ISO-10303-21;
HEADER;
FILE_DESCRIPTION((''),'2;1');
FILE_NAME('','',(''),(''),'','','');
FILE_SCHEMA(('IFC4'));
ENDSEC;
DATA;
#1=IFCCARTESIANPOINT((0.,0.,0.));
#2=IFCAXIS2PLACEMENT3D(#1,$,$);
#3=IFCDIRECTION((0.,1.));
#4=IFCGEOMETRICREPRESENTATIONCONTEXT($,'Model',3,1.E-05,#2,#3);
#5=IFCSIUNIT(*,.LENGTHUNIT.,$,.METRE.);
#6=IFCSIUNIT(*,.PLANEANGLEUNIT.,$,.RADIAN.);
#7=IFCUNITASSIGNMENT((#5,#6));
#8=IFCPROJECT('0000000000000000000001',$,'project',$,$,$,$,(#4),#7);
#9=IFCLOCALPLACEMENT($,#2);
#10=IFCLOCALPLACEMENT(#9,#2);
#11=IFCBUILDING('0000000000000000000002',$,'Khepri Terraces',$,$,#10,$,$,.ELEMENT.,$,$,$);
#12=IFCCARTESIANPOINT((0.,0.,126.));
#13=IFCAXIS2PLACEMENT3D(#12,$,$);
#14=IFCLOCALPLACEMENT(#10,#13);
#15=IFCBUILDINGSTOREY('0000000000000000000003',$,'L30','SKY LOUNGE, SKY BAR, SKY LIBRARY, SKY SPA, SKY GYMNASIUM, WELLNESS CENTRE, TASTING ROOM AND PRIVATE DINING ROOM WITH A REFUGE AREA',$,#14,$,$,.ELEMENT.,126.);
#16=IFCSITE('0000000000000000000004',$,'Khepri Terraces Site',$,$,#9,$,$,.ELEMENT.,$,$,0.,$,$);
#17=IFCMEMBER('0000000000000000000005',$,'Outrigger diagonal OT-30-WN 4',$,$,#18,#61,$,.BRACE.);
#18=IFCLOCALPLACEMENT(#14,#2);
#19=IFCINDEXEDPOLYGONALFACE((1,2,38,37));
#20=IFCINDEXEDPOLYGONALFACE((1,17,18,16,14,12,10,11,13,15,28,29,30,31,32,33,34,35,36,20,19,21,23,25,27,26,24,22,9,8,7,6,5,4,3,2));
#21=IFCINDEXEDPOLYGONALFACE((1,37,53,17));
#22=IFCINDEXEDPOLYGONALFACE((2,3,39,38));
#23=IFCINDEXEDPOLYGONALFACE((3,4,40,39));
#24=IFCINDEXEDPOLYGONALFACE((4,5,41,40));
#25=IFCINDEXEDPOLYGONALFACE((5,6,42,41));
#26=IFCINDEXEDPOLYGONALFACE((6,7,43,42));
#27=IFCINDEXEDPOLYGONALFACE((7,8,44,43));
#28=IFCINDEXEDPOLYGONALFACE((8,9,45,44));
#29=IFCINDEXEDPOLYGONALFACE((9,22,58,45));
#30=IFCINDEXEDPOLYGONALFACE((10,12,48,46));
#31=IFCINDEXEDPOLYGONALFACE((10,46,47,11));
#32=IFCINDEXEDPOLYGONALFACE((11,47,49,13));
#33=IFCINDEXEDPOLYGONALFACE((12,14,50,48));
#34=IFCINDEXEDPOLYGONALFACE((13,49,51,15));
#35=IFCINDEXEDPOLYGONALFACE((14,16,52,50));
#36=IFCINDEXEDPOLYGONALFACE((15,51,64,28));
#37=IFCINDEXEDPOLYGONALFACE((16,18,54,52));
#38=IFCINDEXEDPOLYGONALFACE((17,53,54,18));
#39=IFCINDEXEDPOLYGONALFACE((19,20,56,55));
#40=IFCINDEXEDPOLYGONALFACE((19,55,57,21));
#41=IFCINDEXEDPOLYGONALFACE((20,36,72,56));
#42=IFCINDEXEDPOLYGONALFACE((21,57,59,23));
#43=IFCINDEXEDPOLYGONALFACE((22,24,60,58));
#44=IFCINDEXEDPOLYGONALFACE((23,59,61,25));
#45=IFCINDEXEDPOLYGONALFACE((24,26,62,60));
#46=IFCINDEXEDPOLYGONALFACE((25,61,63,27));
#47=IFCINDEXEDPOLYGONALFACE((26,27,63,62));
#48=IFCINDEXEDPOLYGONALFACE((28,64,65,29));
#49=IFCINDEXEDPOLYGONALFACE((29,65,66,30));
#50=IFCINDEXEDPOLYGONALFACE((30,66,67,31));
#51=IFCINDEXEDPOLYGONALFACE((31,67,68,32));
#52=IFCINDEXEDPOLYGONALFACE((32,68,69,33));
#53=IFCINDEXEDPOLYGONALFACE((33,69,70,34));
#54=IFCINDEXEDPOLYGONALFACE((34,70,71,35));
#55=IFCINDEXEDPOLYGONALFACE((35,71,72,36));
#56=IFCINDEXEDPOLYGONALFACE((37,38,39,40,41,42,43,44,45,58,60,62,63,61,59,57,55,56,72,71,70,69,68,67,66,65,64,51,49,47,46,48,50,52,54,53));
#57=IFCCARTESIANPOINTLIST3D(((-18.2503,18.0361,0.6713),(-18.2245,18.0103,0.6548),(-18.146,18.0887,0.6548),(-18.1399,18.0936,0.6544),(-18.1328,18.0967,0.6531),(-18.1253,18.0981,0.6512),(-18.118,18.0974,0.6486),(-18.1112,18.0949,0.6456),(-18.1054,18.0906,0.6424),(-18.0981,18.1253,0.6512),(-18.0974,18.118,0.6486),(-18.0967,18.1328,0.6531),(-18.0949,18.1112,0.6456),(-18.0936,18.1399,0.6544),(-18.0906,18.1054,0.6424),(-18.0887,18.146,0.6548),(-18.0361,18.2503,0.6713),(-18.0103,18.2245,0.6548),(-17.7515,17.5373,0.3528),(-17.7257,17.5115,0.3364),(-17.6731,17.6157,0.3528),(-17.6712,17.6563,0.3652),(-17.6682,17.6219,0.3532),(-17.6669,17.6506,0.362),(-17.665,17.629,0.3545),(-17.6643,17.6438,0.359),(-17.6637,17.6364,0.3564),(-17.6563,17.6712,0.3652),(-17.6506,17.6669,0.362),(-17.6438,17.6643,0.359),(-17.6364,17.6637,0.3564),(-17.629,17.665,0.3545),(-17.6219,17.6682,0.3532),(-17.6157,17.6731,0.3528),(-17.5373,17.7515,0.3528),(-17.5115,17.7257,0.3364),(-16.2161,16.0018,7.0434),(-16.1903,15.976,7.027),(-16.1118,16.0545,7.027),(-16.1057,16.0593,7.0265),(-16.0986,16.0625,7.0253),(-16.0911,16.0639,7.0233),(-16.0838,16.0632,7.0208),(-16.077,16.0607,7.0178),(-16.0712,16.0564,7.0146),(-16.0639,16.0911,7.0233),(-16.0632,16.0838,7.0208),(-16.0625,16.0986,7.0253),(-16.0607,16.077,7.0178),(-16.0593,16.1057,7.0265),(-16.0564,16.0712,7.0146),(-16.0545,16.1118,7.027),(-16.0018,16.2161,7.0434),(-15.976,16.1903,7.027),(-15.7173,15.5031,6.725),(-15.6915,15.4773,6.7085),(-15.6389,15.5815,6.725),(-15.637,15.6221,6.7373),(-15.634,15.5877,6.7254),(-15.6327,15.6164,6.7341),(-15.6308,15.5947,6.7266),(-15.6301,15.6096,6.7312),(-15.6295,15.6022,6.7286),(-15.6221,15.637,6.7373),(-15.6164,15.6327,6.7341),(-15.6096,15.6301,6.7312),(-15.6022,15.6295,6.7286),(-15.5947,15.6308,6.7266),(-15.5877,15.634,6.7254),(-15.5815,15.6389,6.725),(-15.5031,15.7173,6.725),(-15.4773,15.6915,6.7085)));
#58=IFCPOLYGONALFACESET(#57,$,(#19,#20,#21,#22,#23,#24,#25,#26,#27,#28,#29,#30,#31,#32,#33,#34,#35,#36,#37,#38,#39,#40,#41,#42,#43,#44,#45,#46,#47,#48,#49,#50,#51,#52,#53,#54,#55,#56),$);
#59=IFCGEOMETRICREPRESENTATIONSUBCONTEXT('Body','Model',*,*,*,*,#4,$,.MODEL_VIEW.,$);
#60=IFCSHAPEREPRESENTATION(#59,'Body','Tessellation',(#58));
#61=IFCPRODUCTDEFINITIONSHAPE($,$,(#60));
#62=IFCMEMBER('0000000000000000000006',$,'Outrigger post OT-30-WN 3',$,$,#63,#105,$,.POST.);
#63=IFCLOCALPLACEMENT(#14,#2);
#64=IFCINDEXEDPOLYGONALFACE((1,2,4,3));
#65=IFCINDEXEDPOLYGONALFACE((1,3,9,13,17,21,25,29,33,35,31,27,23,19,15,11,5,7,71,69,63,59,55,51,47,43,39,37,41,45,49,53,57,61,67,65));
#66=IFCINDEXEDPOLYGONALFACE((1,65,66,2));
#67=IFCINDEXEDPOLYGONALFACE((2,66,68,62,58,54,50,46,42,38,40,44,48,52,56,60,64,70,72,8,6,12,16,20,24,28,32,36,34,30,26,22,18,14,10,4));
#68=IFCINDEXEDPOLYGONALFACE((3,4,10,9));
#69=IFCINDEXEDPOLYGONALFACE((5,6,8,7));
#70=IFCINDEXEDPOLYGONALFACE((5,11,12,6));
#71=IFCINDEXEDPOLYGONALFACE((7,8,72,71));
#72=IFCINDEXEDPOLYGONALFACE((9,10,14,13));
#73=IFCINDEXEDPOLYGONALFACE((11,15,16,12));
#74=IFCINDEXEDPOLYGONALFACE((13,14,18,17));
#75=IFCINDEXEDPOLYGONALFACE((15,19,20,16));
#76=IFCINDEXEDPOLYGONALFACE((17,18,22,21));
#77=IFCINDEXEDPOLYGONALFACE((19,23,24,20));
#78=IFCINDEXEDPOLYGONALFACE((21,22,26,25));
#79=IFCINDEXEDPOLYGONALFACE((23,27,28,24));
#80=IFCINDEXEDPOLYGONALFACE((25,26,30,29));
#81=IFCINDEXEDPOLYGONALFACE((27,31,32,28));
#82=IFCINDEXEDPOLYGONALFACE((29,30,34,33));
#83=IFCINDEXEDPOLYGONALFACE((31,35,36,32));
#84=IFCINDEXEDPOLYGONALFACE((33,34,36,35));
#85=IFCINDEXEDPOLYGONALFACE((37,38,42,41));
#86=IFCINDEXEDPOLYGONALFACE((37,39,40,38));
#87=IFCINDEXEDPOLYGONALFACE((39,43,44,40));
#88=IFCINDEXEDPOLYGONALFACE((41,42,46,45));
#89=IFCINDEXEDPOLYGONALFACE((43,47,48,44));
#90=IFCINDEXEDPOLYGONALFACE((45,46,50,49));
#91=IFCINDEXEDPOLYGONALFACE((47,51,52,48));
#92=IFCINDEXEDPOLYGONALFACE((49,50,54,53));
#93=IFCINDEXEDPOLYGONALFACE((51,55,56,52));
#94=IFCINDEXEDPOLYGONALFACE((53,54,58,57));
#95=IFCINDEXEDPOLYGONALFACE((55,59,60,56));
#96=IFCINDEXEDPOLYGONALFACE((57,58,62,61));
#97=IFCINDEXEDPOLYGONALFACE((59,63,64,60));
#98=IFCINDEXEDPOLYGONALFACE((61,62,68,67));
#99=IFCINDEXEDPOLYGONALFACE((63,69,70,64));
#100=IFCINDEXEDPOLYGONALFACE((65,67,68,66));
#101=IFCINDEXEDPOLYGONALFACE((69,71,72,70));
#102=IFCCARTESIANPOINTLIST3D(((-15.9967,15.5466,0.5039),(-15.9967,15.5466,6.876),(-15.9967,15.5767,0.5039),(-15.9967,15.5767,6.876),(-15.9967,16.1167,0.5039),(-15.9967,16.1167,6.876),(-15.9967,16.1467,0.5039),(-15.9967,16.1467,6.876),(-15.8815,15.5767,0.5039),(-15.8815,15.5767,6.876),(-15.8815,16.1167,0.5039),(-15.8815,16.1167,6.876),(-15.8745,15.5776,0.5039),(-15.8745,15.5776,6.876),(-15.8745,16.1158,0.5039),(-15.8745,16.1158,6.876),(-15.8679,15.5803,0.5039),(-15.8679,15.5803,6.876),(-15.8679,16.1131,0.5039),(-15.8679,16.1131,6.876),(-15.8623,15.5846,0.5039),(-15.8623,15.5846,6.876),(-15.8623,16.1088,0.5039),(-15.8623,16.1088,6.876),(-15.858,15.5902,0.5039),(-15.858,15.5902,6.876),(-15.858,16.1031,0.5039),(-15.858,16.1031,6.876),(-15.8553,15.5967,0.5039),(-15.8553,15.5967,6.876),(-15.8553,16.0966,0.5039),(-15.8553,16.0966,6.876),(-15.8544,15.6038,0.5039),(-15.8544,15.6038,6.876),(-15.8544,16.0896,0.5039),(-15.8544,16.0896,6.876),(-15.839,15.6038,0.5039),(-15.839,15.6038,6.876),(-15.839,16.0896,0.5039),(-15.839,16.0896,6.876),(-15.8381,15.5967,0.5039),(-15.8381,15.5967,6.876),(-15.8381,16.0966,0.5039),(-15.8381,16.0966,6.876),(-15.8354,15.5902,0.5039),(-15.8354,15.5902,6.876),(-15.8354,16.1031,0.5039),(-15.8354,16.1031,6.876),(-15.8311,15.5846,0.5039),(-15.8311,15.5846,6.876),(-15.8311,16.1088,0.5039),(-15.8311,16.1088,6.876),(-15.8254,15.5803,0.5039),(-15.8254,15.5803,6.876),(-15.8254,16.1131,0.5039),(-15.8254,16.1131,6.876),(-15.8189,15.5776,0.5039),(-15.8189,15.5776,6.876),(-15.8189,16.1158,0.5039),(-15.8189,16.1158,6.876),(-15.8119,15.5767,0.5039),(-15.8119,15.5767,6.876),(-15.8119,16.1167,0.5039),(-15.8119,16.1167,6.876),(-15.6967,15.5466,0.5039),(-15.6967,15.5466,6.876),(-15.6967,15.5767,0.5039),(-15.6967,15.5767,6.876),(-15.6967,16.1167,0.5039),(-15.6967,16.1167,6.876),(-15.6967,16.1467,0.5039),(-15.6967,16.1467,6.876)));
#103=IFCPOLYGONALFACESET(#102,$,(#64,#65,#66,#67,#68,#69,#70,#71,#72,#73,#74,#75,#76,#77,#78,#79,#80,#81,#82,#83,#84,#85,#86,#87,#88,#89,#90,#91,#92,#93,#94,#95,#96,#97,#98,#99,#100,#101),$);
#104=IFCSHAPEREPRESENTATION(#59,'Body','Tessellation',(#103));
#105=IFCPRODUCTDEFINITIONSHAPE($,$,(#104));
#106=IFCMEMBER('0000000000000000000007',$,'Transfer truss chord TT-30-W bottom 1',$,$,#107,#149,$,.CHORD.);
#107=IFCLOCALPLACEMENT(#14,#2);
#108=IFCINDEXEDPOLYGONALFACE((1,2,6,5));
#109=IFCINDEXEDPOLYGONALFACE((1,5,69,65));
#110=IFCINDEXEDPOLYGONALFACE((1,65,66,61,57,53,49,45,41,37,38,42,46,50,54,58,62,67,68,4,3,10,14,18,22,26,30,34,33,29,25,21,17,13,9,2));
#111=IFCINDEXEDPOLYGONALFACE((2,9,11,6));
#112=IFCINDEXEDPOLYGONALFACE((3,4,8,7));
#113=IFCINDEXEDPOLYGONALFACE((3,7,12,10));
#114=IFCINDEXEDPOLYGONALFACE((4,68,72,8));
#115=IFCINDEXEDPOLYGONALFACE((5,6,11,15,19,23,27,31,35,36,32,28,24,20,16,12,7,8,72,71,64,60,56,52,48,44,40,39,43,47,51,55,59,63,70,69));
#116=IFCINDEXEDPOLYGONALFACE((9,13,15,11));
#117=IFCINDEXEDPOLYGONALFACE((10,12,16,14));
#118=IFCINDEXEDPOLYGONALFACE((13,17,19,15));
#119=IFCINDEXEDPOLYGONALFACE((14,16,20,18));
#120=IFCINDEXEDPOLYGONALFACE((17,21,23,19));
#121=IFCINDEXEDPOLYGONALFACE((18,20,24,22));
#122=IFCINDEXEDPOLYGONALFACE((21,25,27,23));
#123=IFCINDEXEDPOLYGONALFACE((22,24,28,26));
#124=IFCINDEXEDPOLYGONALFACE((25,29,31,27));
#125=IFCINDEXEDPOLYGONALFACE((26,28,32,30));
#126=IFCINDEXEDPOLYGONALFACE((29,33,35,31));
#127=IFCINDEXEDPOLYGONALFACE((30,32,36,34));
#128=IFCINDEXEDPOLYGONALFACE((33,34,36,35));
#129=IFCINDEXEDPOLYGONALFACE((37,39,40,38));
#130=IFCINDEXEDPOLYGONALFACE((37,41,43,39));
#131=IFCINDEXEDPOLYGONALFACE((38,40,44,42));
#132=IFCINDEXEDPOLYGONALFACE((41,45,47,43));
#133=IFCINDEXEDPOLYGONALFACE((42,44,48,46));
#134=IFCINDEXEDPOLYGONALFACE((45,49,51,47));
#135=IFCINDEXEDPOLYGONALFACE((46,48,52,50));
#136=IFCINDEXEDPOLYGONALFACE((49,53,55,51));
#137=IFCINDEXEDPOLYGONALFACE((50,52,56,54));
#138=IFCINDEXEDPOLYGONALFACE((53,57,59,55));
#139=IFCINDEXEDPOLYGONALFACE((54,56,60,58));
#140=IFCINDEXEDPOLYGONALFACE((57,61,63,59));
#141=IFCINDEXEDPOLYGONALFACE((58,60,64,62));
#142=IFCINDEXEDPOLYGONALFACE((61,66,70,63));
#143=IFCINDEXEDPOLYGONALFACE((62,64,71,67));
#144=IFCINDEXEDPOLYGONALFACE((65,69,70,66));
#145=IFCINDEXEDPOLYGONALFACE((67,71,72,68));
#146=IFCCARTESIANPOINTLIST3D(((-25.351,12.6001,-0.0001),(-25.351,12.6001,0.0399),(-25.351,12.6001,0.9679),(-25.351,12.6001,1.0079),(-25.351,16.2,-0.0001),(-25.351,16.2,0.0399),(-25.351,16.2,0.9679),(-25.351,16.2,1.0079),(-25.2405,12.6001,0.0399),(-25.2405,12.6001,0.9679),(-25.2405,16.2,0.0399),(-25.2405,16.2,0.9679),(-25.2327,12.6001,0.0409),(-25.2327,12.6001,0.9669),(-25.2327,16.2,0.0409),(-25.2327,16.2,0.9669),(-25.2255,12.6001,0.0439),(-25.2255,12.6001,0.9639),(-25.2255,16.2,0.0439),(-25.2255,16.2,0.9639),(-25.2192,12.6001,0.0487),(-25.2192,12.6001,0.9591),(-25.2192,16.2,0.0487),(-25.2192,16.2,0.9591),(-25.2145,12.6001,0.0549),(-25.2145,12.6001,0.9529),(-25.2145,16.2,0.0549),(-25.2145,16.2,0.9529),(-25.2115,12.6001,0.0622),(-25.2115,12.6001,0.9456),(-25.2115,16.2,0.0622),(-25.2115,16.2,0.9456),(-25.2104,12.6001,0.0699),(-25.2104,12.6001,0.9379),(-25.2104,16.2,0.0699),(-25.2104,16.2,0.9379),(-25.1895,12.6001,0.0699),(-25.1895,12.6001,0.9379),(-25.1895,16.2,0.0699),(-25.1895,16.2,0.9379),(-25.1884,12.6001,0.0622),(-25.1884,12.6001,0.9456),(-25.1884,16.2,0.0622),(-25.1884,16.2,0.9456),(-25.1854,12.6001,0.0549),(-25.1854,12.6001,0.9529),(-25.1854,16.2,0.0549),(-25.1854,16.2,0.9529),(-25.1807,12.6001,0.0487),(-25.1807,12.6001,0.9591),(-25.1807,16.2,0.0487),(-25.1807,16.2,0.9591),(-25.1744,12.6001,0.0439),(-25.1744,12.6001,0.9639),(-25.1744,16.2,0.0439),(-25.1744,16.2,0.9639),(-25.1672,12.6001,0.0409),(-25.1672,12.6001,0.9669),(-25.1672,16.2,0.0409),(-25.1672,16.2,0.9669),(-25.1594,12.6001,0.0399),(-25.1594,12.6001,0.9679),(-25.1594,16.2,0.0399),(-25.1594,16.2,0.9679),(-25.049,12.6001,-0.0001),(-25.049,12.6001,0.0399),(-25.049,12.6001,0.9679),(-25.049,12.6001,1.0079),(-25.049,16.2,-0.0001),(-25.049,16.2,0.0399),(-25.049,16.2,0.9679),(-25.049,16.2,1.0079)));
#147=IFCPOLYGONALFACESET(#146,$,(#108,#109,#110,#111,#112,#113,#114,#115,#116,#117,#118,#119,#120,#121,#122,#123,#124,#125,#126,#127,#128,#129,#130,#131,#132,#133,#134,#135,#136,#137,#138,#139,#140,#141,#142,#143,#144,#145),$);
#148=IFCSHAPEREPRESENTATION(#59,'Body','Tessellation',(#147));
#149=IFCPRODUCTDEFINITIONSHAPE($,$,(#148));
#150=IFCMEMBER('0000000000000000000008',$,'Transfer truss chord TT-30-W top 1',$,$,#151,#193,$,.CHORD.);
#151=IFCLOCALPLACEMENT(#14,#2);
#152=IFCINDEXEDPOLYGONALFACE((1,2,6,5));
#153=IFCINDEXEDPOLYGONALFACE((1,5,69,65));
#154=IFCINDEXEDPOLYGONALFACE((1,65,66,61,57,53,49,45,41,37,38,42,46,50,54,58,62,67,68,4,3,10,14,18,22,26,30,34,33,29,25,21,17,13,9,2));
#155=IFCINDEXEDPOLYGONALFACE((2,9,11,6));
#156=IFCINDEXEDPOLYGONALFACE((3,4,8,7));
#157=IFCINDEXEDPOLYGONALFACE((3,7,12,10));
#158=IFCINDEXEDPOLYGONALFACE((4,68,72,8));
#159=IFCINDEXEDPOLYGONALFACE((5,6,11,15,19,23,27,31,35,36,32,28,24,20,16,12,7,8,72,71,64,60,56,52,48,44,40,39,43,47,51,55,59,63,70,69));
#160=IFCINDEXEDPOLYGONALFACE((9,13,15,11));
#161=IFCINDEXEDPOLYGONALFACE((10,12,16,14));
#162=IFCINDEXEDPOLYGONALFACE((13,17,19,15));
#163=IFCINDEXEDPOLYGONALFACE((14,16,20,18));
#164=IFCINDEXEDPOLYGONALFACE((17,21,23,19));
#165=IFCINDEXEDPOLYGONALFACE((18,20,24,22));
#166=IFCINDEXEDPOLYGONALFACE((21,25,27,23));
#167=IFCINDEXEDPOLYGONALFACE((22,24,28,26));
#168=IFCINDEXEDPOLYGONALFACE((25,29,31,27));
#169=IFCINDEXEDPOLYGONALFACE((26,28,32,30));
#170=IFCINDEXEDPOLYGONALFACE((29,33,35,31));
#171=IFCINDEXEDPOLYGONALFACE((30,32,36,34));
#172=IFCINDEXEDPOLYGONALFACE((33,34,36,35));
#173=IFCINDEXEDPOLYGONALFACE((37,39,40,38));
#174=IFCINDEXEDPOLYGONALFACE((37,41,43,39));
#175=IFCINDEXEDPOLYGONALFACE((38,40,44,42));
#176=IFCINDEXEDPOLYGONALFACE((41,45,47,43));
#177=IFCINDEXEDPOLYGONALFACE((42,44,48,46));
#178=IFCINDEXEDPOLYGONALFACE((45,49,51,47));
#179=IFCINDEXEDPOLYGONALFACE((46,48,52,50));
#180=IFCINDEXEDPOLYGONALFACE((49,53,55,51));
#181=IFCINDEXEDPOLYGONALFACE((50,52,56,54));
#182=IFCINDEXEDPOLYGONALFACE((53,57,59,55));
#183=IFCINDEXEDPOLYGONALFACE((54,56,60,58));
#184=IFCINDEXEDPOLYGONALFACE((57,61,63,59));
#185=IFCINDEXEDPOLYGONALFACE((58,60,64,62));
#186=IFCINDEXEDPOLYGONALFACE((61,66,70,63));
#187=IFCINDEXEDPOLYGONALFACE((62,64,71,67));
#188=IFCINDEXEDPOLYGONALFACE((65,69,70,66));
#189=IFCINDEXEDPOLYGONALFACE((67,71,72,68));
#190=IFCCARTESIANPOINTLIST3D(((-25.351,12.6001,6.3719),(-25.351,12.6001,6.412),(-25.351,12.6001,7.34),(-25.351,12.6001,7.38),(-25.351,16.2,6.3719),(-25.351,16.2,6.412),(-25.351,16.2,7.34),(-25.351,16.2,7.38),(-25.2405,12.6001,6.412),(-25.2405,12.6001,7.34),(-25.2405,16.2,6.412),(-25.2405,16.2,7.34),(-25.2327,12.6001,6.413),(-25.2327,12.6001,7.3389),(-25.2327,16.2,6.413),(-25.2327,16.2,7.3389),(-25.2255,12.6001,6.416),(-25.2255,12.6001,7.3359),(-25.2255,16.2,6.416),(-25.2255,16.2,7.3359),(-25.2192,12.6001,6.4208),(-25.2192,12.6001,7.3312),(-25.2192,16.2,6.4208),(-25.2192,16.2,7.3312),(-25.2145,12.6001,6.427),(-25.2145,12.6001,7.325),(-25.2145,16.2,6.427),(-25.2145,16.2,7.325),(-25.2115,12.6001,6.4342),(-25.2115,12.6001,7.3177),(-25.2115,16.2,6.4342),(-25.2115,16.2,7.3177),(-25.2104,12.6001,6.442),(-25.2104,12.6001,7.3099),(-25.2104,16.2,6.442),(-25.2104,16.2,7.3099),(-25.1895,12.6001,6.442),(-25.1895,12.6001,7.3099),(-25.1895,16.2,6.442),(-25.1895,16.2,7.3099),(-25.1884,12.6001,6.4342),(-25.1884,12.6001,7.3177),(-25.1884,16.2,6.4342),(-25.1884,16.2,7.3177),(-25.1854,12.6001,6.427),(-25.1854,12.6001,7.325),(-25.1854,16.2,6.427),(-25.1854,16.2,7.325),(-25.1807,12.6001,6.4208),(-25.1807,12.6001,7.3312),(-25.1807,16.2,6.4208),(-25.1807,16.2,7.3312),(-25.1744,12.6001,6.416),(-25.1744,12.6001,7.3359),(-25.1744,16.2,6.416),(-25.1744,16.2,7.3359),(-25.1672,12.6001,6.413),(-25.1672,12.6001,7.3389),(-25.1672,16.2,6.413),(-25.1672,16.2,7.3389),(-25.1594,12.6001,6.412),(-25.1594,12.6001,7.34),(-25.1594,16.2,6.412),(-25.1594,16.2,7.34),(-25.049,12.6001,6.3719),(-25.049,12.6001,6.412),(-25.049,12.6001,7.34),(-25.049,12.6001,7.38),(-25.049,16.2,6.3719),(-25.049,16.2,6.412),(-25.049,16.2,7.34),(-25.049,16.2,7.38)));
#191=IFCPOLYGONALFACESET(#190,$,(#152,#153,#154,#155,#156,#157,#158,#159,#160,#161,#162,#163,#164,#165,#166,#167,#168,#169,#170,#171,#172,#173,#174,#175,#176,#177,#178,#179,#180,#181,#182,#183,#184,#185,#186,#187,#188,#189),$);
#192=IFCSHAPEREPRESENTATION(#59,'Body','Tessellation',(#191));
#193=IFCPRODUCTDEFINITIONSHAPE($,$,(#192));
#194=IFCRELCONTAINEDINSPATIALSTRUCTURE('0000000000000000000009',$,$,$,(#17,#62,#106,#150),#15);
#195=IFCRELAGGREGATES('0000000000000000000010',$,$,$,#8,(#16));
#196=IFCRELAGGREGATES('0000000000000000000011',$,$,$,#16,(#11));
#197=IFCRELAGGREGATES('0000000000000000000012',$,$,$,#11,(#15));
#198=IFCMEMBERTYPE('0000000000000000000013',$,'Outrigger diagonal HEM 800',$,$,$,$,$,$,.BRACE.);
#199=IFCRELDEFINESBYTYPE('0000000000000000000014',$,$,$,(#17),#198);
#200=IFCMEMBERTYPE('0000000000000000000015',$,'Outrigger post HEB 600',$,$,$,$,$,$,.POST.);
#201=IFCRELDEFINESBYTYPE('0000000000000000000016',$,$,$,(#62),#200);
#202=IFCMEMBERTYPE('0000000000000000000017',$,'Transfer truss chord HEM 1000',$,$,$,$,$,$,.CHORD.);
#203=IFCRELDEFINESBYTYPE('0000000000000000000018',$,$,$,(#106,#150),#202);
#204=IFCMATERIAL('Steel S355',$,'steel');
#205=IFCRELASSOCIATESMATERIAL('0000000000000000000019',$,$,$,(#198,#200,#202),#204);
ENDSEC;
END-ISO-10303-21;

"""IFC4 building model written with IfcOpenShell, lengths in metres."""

from ifc_helpers import new_model, si_unit, direction, frame, origin, origin_2d, place, context, subcontext, project, spatial, i_section, extrude, material, material_profile, profile_set, type_object, element, save


model = new_model("IFC4")

# Units and contexts
model_context = context("Model", 3, precision=1e-05, world=origin(), true_north=direction((0.0, 1.0)))
body_context = subcontext(model_context, "Body", "Model", "MODEL_VIEW")
ifc_project = project(units=[si_unit("LENGTHUNIT", "METRE"), si_unit("PLANEANGLEUNIT", "RADIAN")], contexts=[model_context])

# Site, building, storey
site_placement = place(None, origin())
site = spatial("IfcSite", under=ifc_project, at=site_placement, Name="Khepri Terraces Site", CompositionType="ELEMENT", RefElevation=0.0)
building_placement = place(site_placement, origin())
building = spatial("IfcBuilding", under=site, at=building_placement, Name="Khepri Terraces", CompositionType="ELEMENT")
storey_placement = place(building_placement, frame((0.0, 0.0, 126.0)))
storey = spatial("IfcBuildingStorey", under=building, at=storey_placement, Name="L30", Description="SKY LOUNGE, SKY BAR, SKY LIBRARY, SKY SPA, SKY GYMNASIUM, WELLNESS CENTRE, TASTING ROOM AND PRIVATE DINING ROOM WITH A REFUGE AREA", CompositionType="ELEMENT", Elevation=126.0)

# Members
ifc_material_1 = material(Name="Steel S355", Category="steel")
ifc_material_profile_1 = material_profile(ifc_material_1, i_section(OverallWidth=0.303, OverallDepth=0.814, WebThickness=0.021, FlangeThickness=0.04, FilletRadius=0.03, at=origin_2d()), Name="Steel S355", Category="steel")
ifc_profile_set_1 = profile_set([ifc_material_profile_1], Name="Steel S355")
member_type_1 = type_object("IfcMemberType", Name="Outrigger diagonal HEM 800", PredefinedType="BRACE", material=ifc_profile_set_1)
member_1_placement = place(storey_placement, frame((-15.8467, 15.8467, 6.876), z_axis=(-0.290956, 0.290956, -0.911421), x_axis=(-0.707107, -0.707107, 0.0)))
element("IfcMember", 1, at=member_1_placement, inside=storey, type_object=member_type_1, Name="Outrigger diagonal OT-30-WN 4", PredefinedType="BRACE", context=body_context, shape_type="SweptSolid", body=[
    extrude(i_section(OverallWidth=0.303, OverallDepth=0.814, WebThickness=0.021, FlangeThickness=0.04, FilletRadius=0.03, at=origin_2d()), origin(), (0.0, 0.0, 1.0), 6.9915),
])
ifc_material_profile_2 = material_profile(ifc_material_1, i_section(OverallWidth=0.3, OverallDepth=0.6001, WebThickness=0.0154, FlangeThickness=0.03, FilletRadius=0.0271, at=origin_2d()), Name="Steel S355", Category="steel")
ifc_profile_set_2 = profile_set([ifc_material_profile_2], Name="Steel S355")
member_type_2 = type_object("IfcMemberType", Name="Outrigger post HEB 600", PredefinedType="POST", material=ifc_profile_set_2)
member_2_placement = place(storey_placement, frame((-15.8467, 15.8467, 0.5039), z_axis=(0.0, 0.0, 1.0), x_axis=(1.0, 0.0, 0.0)))
element("IfcMember", 2, at=member_2_placement, inside=storey, type_object=member_type_2, Name="Outrigger post OT-30-WN 3", PredefinedType="POST", context=body_context, shape_type="SweptSolid", body=[
    extrude(i_section(OverallWidth=0.3, OverallDepth=0.6001, WebThickness=0.0154, FlangeThickness=0.03, FilletRadius=0.0271, at=origin_2d()), origin(), (0.0, 0.0, 1.0), 6.3721),
])
ifc_material_profile_3 = material_profile(ifc_material_1, i_section(OverallWidth=0.302, OverallDepth=1.0081, WebThickness=0.021, FlangeThickness=0.04, FilletRadius=0.03, at=origin_2d()), Name="Steel S355", Category="steel")
ifc_profile_set_3 = profile_set([ifc_material_profile_3], Name="Steel S355")
member_type_3 = type_object("IfcMemberType", Name="Transfer truss chord HEM 1000", PredefinedType="CHORD", material=ifc_profile_set_3)
for number, where, z_axis, x_axis, name in (
    (3, (-25.2, 16.2, 0.5039), (0.0, -1.0, 0.0), (1.0, 0.0, 0.0), "Transfer truss chord TT-30-W bottom 1"),
    (4, (-25.2, 16.2, 6.876), (0.0, -1.0, 0.0), (1.0, 0.0, 0.0), "Transfer truss chord TT-30-W top 1"),
):
    element("IfcMember", number, at=place(storey_placement, frame(where, z_axis=z_axis, x_axis=x_axis)), inside=storey, type_object=member_type_3, Name=name, PredefinedType="CHORD", context=body_context, shape_type="SweptSolid", body=[
        extrude(i_section(OverallWidth=0.302, OverallDepth=1.0081, WebThickness=0.021, FlangeThickness=0.04, FilletRadius=0.03, at=origin_2d()), origin(), (0.0, 0.0, 1.0), 3.5999),
    ])

save(model, "model.ifc")
